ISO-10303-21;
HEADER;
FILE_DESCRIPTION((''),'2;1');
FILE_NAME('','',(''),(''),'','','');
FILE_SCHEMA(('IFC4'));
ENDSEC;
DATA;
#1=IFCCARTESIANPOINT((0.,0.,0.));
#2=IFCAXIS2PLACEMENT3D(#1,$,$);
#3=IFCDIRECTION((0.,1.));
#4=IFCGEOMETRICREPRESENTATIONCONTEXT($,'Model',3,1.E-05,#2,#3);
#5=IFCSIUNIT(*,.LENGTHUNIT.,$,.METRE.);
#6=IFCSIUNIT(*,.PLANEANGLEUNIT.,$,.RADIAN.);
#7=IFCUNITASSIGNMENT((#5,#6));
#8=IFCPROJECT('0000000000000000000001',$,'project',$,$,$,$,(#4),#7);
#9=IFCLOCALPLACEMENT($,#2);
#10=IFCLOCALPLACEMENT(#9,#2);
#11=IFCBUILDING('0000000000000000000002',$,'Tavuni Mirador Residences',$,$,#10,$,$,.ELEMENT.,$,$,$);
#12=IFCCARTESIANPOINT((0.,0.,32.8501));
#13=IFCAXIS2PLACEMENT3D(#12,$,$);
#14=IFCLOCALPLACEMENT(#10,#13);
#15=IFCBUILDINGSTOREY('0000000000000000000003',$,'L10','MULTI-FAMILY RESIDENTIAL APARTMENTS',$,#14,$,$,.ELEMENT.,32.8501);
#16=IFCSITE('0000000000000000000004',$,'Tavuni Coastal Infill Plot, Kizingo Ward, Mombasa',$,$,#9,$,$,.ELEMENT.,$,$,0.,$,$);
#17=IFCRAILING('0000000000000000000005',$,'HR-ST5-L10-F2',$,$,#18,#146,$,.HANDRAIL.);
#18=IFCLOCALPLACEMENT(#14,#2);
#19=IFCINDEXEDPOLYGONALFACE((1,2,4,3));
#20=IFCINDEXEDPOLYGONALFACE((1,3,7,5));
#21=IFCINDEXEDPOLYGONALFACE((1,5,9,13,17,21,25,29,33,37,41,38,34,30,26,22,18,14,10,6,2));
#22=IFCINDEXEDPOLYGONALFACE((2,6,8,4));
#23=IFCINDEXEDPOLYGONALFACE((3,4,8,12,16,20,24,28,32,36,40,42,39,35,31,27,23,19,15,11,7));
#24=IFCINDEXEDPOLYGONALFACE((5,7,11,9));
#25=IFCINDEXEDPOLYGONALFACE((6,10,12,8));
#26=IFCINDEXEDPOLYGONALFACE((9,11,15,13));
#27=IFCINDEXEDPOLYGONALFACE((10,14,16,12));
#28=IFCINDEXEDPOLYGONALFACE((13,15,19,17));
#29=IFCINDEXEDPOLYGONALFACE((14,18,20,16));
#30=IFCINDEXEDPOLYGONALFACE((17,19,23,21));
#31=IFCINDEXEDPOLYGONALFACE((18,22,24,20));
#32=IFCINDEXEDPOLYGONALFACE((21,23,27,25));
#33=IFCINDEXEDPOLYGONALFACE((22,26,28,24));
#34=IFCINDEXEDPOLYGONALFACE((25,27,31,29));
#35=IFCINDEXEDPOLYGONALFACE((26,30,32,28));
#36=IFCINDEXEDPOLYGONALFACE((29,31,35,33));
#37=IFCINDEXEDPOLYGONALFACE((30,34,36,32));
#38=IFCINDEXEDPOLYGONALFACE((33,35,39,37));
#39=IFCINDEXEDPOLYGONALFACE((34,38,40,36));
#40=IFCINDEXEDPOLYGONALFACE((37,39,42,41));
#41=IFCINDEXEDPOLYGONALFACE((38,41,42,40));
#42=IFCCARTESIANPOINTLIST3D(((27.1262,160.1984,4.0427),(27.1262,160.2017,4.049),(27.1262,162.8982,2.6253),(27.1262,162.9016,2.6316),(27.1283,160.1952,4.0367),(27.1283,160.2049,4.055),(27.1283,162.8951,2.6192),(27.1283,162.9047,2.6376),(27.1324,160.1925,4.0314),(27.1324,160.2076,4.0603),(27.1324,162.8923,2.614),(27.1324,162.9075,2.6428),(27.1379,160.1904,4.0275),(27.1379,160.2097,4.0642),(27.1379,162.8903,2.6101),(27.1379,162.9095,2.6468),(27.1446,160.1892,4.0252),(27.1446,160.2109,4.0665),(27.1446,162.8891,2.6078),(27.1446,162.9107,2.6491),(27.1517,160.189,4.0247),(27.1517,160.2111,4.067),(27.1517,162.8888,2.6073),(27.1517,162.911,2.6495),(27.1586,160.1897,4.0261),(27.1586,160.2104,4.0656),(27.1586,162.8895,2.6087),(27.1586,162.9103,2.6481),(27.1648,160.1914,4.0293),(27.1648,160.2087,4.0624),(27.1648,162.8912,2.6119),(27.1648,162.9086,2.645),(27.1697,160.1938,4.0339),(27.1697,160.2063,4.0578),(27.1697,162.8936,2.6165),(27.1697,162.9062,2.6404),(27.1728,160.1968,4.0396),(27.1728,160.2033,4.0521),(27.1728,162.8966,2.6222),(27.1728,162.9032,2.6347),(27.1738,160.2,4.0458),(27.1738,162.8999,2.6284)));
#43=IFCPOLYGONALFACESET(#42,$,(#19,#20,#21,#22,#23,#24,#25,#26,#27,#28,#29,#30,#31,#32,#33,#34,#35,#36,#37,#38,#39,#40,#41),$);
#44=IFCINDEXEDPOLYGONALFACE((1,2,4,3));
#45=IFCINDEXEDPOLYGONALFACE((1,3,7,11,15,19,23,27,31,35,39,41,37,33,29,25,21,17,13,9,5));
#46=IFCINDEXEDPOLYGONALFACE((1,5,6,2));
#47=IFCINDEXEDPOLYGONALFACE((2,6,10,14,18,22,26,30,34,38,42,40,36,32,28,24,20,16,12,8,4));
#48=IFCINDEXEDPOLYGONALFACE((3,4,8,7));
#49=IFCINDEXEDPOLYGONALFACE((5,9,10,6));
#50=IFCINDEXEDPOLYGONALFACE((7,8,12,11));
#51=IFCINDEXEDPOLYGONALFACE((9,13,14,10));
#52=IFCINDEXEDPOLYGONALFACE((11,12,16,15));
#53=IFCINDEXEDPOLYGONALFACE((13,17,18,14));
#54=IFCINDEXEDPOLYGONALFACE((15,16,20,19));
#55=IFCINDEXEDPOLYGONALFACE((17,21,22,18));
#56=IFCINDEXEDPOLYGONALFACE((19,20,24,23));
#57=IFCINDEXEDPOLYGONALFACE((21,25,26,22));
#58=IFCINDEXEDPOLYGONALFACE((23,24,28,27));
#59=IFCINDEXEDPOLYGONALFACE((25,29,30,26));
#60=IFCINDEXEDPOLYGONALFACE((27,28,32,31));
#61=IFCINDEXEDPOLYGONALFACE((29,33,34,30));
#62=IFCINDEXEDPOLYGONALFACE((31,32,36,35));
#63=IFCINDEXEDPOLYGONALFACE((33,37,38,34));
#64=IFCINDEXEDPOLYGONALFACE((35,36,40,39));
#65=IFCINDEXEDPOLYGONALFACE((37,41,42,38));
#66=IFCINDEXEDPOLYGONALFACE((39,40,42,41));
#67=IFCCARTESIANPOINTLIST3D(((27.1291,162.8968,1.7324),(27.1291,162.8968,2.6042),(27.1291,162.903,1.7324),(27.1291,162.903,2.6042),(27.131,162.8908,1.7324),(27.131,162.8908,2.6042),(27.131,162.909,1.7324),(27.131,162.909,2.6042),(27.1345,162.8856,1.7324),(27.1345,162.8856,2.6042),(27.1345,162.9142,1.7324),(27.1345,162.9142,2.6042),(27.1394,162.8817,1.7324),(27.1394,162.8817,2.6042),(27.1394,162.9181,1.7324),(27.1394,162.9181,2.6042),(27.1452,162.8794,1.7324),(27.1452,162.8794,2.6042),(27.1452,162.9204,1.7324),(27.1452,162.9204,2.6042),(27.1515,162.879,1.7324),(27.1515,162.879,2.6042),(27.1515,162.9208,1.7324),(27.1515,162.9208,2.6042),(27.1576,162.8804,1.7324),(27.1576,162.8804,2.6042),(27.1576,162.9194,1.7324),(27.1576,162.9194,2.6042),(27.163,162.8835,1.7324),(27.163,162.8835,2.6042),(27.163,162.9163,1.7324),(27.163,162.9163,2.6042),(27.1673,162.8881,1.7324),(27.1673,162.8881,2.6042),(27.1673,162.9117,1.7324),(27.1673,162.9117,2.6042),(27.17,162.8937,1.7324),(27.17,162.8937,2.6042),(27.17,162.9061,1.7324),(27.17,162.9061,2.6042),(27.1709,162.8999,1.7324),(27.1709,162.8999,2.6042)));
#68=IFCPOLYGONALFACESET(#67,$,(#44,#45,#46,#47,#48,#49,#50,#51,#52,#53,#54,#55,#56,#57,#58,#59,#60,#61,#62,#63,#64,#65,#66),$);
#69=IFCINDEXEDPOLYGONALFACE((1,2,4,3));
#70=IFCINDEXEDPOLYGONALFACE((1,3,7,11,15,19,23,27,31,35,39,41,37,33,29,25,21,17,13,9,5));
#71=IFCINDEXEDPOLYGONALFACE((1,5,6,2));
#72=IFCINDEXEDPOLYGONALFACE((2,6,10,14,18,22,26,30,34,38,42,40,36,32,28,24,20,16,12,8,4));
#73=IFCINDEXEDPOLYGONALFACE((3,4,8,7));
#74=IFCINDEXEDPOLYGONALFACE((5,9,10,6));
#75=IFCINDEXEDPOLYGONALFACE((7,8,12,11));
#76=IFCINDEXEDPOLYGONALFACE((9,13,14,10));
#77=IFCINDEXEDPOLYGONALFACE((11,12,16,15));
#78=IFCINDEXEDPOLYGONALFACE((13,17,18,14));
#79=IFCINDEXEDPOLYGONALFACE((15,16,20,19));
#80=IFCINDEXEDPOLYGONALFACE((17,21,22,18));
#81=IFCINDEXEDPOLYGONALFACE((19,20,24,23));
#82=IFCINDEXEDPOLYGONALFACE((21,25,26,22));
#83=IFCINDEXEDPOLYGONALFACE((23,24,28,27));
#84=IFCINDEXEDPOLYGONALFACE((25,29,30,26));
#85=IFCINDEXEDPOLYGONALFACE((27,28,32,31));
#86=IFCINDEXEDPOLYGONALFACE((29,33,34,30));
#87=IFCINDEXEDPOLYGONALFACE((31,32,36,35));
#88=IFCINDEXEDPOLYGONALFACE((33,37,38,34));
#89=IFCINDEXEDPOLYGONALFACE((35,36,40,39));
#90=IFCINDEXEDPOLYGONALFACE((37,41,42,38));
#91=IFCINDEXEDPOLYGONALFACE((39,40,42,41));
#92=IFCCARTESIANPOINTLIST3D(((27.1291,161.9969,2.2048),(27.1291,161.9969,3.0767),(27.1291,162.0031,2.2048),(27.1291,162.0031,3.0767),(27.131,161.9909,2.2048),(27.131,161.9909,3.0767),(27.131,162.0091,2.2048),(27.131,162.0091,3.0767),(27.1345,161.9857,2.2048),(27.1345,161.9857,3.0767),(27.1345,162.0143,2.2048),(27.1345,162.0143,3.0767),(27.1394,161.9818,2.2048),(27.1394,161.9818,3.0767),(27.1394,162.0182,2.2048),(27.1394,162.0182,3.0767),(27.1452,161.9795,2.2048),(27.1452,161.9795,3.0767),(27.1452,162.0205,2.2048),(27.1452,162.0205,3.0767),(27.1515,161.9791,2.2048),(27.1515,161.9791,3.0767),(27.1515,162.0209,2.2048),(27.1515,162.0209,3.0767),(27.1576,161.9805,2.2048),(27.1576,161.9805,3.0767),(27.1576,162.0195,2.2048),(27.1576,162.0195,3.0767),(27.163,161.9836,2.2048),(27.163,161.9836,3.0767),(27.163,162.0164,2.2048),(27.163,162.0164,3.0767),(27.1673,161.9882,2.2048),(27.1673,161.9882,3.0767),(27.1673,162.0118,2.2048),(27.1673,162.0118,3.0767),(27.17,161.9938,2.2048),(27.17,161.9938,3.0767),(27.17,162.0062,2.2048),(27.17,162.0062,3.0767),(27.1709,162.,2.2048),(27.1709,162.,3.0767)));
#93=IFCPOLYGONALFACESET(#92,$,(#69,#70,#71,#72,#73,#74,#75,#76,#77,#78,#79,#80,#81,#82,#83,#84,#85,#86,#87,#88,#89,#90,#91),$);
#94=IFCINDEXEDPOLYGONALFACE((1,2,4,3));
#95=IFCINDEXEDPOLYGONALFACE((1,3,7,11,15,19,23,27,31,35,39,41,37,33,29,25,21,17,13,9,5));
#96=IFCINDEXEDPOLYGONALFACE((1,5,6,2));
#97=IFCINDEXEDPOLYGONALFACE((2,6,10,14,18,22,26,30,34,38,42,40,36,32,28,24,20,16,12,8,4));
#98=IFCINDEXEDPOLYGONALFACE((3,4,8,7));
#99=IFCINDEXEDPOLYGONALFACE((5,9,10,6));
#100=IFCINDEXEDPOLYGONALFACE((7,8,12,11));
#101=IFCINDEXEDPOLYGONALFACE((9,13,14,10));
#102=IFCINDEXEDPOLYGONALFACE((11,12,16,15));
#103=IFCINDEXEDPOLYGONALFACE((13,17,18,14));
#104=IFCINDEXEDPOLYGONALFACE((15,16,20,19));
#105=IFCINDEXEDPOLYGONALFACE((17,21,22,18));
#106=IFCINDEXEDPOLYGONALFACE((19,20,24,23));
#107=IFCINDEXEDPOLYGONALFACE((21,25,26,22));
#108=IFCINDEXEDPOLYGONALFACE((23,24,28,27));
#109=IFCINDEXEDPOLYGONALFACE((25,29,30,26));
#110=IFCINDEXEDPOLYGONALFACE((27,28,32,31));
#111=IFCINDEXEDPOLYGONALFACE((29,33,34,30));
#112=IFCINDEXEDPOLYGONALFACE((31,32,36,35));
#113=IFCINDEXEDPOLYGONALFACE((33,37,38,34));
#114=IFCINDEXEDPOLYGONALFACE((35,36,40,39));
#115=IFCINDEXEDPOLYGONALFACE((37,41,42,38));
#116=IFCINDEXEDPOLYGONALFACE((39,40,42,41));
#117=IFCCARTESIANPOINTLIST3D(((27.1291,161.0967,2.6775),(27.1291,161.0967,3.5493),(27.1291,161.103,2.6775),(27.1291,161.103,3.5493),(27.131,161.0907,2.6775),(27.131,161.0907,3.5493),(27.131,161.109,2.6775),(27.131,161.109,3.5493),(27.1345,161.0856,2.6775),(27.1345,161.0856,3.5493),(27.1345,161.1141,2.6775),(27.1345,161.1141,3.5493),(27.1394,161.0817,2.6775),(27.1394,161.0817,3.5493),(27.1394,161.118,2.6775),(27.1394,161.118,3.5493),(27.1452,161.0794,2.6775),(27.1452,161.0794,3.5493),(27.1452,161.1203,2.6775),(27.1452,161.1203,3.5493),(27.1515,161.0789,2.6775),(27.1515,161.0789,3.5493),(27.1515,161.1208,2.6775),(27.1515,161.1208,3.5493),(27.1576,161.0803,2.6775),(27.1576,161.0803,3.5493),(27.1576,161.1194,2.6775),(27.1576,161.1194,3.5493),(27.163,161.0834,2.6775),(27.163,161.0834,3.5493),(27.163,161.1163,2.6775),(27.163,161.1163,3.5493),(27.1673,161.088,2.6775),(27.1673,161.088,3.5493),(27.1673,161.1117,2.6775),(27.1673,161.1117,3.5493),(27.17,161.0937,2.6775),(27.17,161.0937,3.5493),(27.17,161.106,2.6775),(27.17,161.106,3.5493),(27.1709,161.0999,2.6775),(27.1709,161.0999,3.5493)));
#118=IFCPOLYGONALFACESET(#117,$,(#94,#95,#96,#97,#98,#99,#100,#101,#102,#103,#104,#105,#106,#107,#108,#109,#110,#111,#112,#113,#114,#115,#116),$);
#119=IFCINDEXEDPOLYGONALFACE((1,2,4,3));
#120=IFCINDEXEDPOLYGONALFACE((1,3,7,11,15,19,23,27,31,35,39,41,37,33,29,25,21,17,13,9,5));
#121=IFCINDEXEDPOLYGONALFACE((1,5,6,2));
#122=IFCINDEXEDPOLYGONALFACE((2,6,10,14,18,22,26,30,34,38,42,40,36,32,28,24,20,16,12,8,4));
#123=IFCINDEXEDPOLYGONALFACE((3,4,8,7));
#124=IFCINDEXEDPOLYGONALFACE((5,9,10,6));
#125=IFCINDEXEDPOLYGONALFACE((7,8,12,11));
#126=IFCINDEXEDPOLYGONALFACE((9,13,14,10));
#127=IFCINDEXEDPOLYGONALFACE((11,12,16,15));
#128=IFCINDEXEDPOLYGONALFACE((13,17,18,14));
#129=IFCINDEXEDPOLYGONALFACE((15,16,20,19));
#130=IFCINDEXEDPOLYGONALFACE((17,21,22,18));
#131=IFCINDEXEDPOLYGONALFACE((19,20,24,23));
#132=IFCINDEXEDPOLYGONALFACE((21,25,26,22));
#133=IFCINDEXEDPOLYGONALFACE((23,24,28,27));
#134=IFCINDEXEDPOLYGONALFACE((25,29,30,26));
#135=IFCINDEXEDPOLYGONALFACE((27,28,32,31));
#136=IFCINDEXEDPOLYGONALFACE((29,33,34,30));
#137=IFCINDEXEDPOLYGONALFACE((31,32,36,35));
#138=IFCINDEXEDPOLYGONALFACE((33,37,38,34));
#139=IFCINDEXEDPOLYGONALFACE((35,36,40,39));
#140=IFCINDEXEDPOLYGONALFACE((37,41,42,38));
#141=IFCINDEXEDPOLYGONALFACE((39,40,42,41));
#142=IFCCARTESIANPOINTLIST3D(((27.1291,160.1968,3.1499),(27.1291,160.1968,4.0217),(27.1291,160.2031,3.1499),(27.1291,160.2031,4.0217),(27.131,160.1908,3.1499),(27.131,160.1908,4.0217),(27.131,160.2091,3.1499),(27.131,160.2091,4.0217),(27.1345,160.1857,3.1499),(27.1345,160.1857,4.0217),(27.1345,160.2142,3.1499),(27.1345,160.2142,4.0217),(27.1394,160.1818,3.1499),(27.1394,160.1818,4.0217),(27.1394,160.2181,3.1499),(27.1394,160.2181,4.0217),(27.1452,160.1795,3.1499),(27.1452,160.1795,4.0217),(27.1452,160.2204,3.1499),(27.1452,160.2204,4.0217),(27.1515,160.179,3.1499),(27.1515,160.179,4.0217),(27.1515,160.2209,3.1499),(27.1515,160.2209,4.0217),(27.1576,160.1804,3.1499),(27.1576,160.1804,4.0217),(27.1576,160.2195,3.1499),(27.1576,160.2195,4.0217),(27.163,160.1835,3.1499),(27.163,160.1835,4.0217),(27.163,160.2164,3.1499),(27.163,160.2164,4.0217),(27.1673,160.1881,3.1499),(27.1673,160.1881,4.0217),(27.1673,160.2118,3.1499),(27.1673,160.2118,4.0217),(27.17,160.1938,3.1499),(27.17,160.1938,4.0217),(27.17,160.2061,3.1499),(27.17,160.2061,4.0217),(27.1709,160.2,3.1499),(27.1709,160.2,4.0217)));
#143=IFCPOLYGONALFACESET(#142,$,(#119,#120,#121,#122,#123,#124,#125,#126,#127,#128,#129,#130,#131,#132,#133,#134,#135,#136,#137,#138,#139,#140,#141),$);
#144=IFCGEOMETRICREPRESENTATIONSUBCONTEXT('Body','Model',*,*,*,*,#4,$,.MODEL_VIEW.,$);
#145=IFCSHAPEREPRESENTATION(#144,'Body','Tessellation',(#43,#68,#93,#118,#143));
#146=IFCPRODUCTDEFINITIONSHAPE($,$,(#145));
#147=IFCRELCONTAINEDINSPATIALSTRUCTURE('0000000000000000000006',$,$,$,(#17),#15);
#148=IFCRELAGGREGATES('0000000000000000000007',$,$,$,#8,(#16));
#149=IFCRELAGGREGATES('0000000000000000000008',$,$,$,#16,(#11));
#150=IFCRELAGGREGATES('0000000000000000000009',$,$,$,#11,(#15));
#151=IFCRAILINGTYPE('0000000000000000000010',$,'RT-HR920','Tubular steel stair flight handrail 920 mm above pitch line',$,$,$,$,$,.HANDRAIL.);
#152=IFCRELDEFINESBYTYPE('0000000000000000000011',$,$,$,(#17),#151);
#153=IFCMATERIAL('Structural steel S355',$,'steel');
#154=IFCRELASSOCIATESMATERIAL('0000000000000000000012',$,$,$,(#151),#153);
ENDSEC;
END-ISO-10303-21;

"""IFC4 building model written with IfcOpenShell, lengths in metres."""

from ifc_helpers import new_model, si_unit, direction, frame, origin, origin_2d, place, context, subcontext, project, spatial, circle, extrude, material, type_object, element, save


model = new_model("IFC4")

# Units and contexts
model_context = context("Model", 3, precision=1e-05, world=origin(), true_north=direction((0.0, 1.0)))
body_context = subcontext(model_context, "Body", "Model", "MODEL_VIEW")
ifc_project = project(units=[si_unit("LENGTHUNIT", "METRE"), si_unit("PLANEANGLEUNIT", "RADIAN")], contexts=[model_context])

# Site, building, storey
site_placement = place(None, origin())
site = spatial("IfcSite", under=ifc_project, at=site_placement, Name="Tavuni Coastal Infill Plot, Kizingo Ward, Mombasa", CompositionType="ELEMENT", RefElevation=0.0)
building_placement = place(site_placement, origin())
building = spatial("IfcBuilding", under=site, at=building_placement, Name="Tavuni Mirador Residences", CompositionType="ELEMENT")
storey_placement = place(building_placement, frame((0.0, 0.0, 32.8501)))
storey = spatial("IfcBuildingStorey", under=building, at=storey_placement, Name="L10", Description="MULTI-FAMILY RESIDENTIAL APARTMENTS", CompositionType="ELEMENT", Elevation=32.8501)

# Shared definitions
ifc_material_1 = material(Name="Structural steel S355", Category="steel")

# Railing
railing_type_1 = type_object("IfcRailingType", Name="RT-HR920", Description="Tubular steel stair flight handrail 920 mm above pitch line", PredefinedType="HANDRAIL", material=ifc_material_1)
railing_1_placement = place(storey_placement, frame((27.1499, 162.8999, 1.7324)))
element("IfcRailing", 1, at=railing_1_placement, inside=storey, type_object=railing_type_1, Name="HR-ST5-L10-F2", PredefinedType="HANDRAIL", context=body_context, shape_type="SweptSolid", body=[
    extrude(circle(Radius=0.0239, at=origin_2d()), frame((0.0, 0.0, 0.896), z_axis=(0.0, -0.885397, 0.464835), x_axis=(1.0, 0.0, 0.0)), (0.0, 0.0, 1.0), 3.0493),
    extrude(circle(Radius=0.021, at=origin_2d()), origin(), (0.0, 0.0, 1.0), 0.8718),
    extrude(circle(Radius=0.021, at=origin_2d()), frame((0.0, -0.8999, 0.4724)), (0.0, 0.0, 1.0), 0.8718),
    extrude(circle(Radius=0.021, at=origin_2d()), frame((0.0, -1.8, 0.9451)), (0.0, 0.0, 1.0), 0.8718),
    extrude(circle(Radius=0.021, at=origin_2d()), frame((0.0, -2.7, 1.4175)), (0.0, 0.0, 1.0), 0.8718),
])

save(model, "model.ifc")
